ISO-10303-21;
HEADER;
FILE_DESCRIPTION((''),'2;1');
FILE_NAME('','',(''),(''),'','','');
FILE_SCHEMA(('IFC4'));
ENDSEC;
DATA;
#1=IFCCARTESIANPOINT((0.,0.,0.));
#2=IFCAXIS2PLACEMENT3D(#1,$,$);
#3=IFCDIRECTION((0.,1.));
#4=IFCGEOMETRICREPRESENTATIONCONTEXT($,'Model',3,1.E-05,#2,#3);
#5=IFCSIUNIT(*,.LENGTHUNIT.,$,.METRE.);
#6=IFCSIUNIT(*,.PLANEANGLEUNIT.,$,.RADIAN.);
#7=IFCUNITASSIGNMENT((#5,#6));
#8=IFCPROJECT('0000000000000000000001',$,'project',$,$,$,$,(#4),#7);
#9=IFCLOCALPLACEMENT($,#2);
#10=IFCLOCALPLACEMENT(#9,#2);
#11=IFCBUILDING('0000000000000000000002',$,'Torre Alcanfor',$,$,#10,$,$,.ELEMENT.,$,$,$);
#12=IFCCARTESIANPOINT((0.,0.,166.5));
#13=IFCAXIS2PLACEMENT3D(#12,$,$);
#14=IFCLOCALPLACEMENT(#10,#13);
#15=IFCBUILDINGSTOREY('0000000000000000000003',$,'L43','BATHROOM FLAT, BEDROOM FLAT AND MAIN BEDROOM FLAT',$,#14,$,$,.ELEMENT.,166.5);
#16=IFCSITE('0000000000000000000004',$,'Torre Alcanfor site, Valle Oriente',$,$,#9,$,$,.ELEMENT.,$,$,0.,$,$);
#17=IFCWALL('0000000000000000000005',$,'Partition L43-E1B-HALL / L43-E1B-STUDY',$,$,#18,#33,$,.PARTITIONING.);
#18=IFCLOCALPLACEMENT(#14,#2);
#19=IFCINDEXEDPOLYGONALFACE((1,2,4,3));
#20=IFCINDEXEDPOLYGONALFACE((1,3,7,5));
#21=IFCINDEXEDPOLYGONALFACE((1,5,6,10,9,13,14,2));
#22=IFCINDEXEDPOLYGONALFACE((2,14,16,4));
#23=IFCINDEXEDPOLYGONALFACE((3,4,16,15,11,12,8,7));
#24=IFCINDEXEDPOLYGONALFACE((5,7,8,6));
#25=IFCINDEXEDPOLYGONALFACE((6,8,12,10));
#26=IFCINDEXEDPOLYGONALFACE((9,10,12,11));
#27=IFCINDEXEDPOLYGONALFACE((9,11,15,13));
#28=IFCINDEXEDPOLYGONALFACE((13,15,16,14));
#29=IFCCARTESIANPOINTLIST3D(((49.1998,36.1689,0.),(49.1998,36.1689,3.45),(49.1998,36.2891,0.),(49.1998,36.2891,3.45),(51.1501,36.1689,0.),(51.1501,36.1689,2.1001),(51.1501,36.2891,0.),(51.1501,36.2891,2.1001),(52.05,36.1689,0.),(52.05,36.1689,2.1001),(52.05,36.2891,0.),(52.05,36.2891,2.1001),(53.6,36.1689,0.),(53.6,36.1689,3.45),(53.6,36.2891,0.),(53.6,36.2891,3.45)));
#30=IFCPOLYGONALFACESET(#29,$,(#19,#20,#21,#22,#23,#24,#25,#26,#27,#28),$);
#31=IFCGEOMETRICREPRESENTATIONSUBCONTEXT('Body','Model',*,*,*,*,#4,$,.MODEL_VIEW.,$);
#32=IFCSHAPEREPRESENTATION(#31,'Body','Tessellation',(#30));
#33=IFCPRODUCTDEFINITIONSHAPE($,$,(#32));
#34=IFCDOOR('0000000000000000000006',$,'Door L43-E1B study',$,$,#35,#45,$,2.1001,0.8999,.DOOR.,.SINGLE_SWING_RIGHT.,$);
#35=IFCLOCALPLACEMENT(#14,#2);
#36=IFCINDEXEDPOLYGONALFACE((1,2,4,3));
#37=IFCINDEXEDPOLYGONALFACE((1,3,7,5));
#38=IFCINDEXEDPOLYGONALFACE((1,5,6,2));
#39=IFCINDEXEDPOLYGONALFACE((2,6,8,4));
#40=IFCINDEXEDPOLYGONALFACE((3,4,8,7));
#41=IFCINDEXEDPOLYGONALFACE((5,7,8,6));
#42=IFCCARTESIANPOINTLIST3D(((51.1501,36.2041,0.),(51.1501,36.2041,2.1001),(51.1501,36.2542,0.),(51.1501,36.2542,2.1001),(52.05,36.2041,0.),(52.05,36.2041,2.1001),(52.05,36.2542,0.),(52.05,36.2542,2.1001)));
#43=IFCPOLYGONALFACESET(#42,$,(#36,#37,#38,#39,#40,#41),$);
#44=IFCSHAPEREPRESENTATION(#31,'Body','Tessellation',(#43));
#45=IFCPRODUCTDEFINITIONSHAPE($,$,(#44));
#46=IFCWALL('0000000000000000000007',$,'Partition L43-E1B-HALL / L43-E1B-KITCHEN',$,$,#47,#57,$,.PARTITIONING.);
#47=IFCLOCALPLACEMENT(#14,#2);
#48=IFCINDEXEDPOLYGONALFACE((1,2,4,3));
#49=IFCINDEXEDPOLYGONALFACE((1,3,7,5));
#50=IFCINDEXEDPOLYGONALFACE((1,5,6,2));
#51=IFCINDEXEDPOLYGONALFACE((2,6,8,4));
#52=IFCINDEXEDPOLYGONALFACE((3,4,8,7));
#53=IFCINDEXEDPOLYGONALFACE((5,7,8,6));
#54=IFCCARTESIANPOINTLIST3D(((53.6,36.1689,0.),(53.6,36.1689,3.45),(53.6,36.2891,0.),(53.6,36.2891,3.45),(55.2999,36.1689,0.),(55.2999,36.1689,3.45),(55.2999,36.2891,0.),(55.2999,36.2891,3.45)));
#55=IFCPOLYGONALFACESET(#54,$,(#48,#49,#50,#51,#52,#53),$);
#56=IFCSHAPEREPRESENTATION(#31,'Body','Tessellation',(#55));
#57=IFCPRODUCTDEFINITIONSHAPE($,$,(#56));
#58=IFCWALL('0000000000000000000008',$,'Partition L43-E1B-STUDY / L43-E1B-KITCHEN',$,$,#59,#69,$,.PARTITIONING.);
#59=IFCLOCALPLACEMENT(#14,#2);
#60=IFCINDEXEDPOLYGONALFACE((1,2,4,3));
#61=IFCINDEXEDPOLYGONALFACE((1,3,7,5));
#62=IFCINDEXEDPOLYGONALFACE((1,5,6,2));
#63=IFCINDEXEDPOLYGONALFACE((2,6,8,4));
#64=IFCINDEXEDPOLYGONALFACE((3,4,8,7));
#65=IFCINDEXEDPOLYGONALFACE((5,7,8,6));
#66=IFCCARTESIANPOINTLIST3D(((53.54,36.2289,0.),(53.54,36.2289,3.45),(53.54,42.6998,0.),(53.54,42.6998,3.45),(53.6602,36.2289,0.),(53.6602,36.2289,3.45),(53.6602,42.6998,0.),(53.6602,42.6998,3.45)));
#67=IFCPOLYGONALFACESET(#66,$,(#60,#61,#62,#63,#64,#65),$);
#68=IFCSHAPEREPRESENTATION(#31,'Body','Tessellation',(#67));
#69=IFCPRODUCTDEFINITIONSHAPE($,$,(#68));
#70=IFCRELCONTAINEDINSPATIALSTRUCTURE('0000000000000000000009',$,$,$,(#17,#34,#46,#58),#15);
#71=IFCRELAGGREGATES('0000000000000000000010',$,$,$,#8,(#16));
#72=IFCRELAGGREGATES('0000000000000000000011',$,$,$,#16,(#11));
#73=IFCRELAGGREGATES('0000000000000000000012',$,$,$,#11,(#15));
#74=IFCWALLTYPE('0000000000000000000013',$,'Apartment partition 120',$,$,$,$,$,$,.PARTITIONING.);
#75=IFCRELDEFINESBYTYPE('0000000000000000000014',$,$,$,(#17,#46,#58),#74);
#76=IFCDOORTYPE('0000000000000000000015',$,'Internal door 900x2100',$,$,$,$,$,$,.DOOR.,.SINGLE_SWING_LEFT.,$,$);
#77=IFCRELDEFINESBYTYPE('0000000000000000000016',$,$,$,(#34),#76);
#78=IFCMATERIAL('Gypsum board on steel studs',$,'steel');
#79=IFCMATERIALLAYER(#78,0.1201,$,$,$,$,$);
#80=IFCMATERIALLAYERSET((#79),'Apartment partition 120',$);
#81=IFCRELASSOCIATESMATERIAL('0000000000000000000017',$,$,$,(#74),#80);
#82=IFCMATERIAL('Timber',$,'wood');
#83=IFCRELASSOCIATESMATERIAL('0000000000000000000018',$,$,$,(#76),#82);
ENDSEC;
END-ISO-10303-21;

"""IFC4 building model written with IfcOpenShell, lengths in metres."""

from ifc_helpers import new_model, si_unit, direction, frame, frame_2d, origin, place, context, subcontext, project, spatial, rectangle, extrude, material, layer, layer_set, type_object, element, fill, save


model = new_model("IFC4")

# Units and contexts
model_context = context("Model", 3, precision=1e-05, world=origin(), true_north=direction((0.0, 1.0)))
body_context = subcontext(model_context, "Body", "Model", "MODEL_VIEW")
ifc_project = project(units=[si_unit("LENGTHUNIT", "METRE"), si_unit("PLANEANGLEUNIT", "RADIAN")], contexts=[model_context])

# Site, building, storey
site_placement = place(None, origin())
site = spatial("IfcSite", under=ifc_project, at=site_placement, Name="Torre Alcanfor site, Valle Oriente", CompositionType="ELEMENT", RefElevation=0.0)
building_placement = place(site_placement, origin())
building = spatial("IfcBuilding", under=site, at=building_placement, Name="Torre Alcanfor", CompositionType="ELEMENT")
storey_placement = place(building_placement, frame((0.0, 0.0, 166.5)))
storey = spatial("IfcBuildingStorey", under=building, at=storey_placement, Name="L43", Description="BATHROOM FLAT, BEDROOM FLAT AND MAIN BEDROOM FLAT", CompositionType="ELEMENT", Elevation=166.5)

# Wall, opening, door
ifc_material_1 = material(Name="Gypsum board on steel studs", Category="steel")
ifc_layer_1 = layer(ifc_material_1, 0.1201)
ifc_layer_set_1 = layer_set([ifc_layer_1], Name="Apartment partition 120")
wall_type_1 = type_object("IfcWallType", Name="Apartment partition 120", PredefinedType="PARTITIONING", material=ifc_layer_set_1)
wall_1_placement = place(storey_placement, frame((53.6001, 36.229, 0.0), z_axis=(0.0, 0.0, 1.0), x_axis=(-1.0, 0.0, 0.0)))
wall_1 = element("IfcWall", 1, at=wall_1_placement, inside=storey, type_object=wall_type_1, Name="Partition L43-E1B-HALL / L43-E1B-STUDY", PredefinedType="PARTITIONING", context=body_context, shape_type="SweptSolid", body=[
    extrude(rectangle(XDim=4.4001, YDim=0.1201, at=frame_2d((2.2002, 0.0))), origin(), (0.0, 0.0, 1.0), 3.45),
])
opening_1_placement = place(wall_1_placement, frame((1.55, 0.0, 0.0)))
opening_1 = element("IfcOpeningElement", 2, at=opening_1_placement, cuts=wall_1, PredefinedType="OPENING", context=body_context, shape_type="SweptSolid", body=[
    extrude(rectangle(XDim=0.8999, YDim=2.1001, at=frame_2d((0.45, 1.05))), frame((0.0, 0.0701, 0.0), z_axis=(0.0, -1.0, 0.0), x_axis=(1.0, 0.0, 0.0)), (0.0, 0.0, 1.0), 0.1401),
])
ifc_material_2 = material(Name="Timber", Category="wood")
door_type_1 = type_object("IfcDoorType", Name="Internal door 900x2100", OperationType="SINGLE_SWING_LEFT", PredefinedType="DOOR", material=ifc_material_2)
door_1_placement = place(opening_1_placement, frame((0.8999, 0.0, 0.0), z_axis=(0.0, 0.0, 1.0), x_axis=(-1.0, 0.0, 0.0)))
door_1 = element("IfcDoor", 3, at=door_1_placement, inside=storey, type_object=door_type_1, Name="Door L43-E1B study", OperationType="SINGLE_SWING_RIGHT", OverallHeight=2.1001, OverallWidth=0.8999, PredefinedType="DOOR", context=body_context, shape_type="SweptSolid", body=[
    extrude(rectangle(XDim=0.8999, YDim=2.1001, at=frame_2d((0.45, 1.05))), frame((0.0, 0.0251, 0.0), z_axis=(0.0, -1.0, 0.0), x_axis=(1.0, 0.0, 0.0)), (0.0, 0.0, 1.0), 0.05),
])
fill(opening_1, door_1)

# Walls
wall_2_placement = place(storey_placement, frame((55.3, 36.229, 0.0), z_axis=(0.0, 0.0, 1.0), x_axis=(-1.0, 0.0, 0.0)))
element("IfcWall", 4, at=wall_2_placement, inside=storey, type_object=wall_type_1, Name="Partition L43-E1B-HALL / L43-E1B-KITCHEN", PredefinedType="PARTITIONING", context=body_context, shape_type="SweptSolid", body=[
    extrude(rectangle(XDim=1.7, YDim=0.1201, at=frame_2d((0.8501, 0.0))), origin(), (0.0, 0.0, 1.0), 3.45),
])
wall_3_placement = place(storey_placement, frame((53.6001, 36.229, 0.0), z_axis=(0.0, 0.0, 1.0), x_axis=(0.0, 1.0, 0.0)))
element("IfcWall", 5, at=wall_3_placement, inside=storey, type_object=wall_type_1, Name="Partition L43-E1B-STUDY / L43-E1B-KITCHEN", PredefinedType="PARTITIONING", context=body_context, shape_type="SweptSolid", body=[
    extrude(rectangle(XDim=6.4709, YDim=0.1201, at=frame_2d((3.2354, 0.0))), origin(), (0.0, 0.0, 1.0), 3.45),
])

save(model, "model.ifc")
